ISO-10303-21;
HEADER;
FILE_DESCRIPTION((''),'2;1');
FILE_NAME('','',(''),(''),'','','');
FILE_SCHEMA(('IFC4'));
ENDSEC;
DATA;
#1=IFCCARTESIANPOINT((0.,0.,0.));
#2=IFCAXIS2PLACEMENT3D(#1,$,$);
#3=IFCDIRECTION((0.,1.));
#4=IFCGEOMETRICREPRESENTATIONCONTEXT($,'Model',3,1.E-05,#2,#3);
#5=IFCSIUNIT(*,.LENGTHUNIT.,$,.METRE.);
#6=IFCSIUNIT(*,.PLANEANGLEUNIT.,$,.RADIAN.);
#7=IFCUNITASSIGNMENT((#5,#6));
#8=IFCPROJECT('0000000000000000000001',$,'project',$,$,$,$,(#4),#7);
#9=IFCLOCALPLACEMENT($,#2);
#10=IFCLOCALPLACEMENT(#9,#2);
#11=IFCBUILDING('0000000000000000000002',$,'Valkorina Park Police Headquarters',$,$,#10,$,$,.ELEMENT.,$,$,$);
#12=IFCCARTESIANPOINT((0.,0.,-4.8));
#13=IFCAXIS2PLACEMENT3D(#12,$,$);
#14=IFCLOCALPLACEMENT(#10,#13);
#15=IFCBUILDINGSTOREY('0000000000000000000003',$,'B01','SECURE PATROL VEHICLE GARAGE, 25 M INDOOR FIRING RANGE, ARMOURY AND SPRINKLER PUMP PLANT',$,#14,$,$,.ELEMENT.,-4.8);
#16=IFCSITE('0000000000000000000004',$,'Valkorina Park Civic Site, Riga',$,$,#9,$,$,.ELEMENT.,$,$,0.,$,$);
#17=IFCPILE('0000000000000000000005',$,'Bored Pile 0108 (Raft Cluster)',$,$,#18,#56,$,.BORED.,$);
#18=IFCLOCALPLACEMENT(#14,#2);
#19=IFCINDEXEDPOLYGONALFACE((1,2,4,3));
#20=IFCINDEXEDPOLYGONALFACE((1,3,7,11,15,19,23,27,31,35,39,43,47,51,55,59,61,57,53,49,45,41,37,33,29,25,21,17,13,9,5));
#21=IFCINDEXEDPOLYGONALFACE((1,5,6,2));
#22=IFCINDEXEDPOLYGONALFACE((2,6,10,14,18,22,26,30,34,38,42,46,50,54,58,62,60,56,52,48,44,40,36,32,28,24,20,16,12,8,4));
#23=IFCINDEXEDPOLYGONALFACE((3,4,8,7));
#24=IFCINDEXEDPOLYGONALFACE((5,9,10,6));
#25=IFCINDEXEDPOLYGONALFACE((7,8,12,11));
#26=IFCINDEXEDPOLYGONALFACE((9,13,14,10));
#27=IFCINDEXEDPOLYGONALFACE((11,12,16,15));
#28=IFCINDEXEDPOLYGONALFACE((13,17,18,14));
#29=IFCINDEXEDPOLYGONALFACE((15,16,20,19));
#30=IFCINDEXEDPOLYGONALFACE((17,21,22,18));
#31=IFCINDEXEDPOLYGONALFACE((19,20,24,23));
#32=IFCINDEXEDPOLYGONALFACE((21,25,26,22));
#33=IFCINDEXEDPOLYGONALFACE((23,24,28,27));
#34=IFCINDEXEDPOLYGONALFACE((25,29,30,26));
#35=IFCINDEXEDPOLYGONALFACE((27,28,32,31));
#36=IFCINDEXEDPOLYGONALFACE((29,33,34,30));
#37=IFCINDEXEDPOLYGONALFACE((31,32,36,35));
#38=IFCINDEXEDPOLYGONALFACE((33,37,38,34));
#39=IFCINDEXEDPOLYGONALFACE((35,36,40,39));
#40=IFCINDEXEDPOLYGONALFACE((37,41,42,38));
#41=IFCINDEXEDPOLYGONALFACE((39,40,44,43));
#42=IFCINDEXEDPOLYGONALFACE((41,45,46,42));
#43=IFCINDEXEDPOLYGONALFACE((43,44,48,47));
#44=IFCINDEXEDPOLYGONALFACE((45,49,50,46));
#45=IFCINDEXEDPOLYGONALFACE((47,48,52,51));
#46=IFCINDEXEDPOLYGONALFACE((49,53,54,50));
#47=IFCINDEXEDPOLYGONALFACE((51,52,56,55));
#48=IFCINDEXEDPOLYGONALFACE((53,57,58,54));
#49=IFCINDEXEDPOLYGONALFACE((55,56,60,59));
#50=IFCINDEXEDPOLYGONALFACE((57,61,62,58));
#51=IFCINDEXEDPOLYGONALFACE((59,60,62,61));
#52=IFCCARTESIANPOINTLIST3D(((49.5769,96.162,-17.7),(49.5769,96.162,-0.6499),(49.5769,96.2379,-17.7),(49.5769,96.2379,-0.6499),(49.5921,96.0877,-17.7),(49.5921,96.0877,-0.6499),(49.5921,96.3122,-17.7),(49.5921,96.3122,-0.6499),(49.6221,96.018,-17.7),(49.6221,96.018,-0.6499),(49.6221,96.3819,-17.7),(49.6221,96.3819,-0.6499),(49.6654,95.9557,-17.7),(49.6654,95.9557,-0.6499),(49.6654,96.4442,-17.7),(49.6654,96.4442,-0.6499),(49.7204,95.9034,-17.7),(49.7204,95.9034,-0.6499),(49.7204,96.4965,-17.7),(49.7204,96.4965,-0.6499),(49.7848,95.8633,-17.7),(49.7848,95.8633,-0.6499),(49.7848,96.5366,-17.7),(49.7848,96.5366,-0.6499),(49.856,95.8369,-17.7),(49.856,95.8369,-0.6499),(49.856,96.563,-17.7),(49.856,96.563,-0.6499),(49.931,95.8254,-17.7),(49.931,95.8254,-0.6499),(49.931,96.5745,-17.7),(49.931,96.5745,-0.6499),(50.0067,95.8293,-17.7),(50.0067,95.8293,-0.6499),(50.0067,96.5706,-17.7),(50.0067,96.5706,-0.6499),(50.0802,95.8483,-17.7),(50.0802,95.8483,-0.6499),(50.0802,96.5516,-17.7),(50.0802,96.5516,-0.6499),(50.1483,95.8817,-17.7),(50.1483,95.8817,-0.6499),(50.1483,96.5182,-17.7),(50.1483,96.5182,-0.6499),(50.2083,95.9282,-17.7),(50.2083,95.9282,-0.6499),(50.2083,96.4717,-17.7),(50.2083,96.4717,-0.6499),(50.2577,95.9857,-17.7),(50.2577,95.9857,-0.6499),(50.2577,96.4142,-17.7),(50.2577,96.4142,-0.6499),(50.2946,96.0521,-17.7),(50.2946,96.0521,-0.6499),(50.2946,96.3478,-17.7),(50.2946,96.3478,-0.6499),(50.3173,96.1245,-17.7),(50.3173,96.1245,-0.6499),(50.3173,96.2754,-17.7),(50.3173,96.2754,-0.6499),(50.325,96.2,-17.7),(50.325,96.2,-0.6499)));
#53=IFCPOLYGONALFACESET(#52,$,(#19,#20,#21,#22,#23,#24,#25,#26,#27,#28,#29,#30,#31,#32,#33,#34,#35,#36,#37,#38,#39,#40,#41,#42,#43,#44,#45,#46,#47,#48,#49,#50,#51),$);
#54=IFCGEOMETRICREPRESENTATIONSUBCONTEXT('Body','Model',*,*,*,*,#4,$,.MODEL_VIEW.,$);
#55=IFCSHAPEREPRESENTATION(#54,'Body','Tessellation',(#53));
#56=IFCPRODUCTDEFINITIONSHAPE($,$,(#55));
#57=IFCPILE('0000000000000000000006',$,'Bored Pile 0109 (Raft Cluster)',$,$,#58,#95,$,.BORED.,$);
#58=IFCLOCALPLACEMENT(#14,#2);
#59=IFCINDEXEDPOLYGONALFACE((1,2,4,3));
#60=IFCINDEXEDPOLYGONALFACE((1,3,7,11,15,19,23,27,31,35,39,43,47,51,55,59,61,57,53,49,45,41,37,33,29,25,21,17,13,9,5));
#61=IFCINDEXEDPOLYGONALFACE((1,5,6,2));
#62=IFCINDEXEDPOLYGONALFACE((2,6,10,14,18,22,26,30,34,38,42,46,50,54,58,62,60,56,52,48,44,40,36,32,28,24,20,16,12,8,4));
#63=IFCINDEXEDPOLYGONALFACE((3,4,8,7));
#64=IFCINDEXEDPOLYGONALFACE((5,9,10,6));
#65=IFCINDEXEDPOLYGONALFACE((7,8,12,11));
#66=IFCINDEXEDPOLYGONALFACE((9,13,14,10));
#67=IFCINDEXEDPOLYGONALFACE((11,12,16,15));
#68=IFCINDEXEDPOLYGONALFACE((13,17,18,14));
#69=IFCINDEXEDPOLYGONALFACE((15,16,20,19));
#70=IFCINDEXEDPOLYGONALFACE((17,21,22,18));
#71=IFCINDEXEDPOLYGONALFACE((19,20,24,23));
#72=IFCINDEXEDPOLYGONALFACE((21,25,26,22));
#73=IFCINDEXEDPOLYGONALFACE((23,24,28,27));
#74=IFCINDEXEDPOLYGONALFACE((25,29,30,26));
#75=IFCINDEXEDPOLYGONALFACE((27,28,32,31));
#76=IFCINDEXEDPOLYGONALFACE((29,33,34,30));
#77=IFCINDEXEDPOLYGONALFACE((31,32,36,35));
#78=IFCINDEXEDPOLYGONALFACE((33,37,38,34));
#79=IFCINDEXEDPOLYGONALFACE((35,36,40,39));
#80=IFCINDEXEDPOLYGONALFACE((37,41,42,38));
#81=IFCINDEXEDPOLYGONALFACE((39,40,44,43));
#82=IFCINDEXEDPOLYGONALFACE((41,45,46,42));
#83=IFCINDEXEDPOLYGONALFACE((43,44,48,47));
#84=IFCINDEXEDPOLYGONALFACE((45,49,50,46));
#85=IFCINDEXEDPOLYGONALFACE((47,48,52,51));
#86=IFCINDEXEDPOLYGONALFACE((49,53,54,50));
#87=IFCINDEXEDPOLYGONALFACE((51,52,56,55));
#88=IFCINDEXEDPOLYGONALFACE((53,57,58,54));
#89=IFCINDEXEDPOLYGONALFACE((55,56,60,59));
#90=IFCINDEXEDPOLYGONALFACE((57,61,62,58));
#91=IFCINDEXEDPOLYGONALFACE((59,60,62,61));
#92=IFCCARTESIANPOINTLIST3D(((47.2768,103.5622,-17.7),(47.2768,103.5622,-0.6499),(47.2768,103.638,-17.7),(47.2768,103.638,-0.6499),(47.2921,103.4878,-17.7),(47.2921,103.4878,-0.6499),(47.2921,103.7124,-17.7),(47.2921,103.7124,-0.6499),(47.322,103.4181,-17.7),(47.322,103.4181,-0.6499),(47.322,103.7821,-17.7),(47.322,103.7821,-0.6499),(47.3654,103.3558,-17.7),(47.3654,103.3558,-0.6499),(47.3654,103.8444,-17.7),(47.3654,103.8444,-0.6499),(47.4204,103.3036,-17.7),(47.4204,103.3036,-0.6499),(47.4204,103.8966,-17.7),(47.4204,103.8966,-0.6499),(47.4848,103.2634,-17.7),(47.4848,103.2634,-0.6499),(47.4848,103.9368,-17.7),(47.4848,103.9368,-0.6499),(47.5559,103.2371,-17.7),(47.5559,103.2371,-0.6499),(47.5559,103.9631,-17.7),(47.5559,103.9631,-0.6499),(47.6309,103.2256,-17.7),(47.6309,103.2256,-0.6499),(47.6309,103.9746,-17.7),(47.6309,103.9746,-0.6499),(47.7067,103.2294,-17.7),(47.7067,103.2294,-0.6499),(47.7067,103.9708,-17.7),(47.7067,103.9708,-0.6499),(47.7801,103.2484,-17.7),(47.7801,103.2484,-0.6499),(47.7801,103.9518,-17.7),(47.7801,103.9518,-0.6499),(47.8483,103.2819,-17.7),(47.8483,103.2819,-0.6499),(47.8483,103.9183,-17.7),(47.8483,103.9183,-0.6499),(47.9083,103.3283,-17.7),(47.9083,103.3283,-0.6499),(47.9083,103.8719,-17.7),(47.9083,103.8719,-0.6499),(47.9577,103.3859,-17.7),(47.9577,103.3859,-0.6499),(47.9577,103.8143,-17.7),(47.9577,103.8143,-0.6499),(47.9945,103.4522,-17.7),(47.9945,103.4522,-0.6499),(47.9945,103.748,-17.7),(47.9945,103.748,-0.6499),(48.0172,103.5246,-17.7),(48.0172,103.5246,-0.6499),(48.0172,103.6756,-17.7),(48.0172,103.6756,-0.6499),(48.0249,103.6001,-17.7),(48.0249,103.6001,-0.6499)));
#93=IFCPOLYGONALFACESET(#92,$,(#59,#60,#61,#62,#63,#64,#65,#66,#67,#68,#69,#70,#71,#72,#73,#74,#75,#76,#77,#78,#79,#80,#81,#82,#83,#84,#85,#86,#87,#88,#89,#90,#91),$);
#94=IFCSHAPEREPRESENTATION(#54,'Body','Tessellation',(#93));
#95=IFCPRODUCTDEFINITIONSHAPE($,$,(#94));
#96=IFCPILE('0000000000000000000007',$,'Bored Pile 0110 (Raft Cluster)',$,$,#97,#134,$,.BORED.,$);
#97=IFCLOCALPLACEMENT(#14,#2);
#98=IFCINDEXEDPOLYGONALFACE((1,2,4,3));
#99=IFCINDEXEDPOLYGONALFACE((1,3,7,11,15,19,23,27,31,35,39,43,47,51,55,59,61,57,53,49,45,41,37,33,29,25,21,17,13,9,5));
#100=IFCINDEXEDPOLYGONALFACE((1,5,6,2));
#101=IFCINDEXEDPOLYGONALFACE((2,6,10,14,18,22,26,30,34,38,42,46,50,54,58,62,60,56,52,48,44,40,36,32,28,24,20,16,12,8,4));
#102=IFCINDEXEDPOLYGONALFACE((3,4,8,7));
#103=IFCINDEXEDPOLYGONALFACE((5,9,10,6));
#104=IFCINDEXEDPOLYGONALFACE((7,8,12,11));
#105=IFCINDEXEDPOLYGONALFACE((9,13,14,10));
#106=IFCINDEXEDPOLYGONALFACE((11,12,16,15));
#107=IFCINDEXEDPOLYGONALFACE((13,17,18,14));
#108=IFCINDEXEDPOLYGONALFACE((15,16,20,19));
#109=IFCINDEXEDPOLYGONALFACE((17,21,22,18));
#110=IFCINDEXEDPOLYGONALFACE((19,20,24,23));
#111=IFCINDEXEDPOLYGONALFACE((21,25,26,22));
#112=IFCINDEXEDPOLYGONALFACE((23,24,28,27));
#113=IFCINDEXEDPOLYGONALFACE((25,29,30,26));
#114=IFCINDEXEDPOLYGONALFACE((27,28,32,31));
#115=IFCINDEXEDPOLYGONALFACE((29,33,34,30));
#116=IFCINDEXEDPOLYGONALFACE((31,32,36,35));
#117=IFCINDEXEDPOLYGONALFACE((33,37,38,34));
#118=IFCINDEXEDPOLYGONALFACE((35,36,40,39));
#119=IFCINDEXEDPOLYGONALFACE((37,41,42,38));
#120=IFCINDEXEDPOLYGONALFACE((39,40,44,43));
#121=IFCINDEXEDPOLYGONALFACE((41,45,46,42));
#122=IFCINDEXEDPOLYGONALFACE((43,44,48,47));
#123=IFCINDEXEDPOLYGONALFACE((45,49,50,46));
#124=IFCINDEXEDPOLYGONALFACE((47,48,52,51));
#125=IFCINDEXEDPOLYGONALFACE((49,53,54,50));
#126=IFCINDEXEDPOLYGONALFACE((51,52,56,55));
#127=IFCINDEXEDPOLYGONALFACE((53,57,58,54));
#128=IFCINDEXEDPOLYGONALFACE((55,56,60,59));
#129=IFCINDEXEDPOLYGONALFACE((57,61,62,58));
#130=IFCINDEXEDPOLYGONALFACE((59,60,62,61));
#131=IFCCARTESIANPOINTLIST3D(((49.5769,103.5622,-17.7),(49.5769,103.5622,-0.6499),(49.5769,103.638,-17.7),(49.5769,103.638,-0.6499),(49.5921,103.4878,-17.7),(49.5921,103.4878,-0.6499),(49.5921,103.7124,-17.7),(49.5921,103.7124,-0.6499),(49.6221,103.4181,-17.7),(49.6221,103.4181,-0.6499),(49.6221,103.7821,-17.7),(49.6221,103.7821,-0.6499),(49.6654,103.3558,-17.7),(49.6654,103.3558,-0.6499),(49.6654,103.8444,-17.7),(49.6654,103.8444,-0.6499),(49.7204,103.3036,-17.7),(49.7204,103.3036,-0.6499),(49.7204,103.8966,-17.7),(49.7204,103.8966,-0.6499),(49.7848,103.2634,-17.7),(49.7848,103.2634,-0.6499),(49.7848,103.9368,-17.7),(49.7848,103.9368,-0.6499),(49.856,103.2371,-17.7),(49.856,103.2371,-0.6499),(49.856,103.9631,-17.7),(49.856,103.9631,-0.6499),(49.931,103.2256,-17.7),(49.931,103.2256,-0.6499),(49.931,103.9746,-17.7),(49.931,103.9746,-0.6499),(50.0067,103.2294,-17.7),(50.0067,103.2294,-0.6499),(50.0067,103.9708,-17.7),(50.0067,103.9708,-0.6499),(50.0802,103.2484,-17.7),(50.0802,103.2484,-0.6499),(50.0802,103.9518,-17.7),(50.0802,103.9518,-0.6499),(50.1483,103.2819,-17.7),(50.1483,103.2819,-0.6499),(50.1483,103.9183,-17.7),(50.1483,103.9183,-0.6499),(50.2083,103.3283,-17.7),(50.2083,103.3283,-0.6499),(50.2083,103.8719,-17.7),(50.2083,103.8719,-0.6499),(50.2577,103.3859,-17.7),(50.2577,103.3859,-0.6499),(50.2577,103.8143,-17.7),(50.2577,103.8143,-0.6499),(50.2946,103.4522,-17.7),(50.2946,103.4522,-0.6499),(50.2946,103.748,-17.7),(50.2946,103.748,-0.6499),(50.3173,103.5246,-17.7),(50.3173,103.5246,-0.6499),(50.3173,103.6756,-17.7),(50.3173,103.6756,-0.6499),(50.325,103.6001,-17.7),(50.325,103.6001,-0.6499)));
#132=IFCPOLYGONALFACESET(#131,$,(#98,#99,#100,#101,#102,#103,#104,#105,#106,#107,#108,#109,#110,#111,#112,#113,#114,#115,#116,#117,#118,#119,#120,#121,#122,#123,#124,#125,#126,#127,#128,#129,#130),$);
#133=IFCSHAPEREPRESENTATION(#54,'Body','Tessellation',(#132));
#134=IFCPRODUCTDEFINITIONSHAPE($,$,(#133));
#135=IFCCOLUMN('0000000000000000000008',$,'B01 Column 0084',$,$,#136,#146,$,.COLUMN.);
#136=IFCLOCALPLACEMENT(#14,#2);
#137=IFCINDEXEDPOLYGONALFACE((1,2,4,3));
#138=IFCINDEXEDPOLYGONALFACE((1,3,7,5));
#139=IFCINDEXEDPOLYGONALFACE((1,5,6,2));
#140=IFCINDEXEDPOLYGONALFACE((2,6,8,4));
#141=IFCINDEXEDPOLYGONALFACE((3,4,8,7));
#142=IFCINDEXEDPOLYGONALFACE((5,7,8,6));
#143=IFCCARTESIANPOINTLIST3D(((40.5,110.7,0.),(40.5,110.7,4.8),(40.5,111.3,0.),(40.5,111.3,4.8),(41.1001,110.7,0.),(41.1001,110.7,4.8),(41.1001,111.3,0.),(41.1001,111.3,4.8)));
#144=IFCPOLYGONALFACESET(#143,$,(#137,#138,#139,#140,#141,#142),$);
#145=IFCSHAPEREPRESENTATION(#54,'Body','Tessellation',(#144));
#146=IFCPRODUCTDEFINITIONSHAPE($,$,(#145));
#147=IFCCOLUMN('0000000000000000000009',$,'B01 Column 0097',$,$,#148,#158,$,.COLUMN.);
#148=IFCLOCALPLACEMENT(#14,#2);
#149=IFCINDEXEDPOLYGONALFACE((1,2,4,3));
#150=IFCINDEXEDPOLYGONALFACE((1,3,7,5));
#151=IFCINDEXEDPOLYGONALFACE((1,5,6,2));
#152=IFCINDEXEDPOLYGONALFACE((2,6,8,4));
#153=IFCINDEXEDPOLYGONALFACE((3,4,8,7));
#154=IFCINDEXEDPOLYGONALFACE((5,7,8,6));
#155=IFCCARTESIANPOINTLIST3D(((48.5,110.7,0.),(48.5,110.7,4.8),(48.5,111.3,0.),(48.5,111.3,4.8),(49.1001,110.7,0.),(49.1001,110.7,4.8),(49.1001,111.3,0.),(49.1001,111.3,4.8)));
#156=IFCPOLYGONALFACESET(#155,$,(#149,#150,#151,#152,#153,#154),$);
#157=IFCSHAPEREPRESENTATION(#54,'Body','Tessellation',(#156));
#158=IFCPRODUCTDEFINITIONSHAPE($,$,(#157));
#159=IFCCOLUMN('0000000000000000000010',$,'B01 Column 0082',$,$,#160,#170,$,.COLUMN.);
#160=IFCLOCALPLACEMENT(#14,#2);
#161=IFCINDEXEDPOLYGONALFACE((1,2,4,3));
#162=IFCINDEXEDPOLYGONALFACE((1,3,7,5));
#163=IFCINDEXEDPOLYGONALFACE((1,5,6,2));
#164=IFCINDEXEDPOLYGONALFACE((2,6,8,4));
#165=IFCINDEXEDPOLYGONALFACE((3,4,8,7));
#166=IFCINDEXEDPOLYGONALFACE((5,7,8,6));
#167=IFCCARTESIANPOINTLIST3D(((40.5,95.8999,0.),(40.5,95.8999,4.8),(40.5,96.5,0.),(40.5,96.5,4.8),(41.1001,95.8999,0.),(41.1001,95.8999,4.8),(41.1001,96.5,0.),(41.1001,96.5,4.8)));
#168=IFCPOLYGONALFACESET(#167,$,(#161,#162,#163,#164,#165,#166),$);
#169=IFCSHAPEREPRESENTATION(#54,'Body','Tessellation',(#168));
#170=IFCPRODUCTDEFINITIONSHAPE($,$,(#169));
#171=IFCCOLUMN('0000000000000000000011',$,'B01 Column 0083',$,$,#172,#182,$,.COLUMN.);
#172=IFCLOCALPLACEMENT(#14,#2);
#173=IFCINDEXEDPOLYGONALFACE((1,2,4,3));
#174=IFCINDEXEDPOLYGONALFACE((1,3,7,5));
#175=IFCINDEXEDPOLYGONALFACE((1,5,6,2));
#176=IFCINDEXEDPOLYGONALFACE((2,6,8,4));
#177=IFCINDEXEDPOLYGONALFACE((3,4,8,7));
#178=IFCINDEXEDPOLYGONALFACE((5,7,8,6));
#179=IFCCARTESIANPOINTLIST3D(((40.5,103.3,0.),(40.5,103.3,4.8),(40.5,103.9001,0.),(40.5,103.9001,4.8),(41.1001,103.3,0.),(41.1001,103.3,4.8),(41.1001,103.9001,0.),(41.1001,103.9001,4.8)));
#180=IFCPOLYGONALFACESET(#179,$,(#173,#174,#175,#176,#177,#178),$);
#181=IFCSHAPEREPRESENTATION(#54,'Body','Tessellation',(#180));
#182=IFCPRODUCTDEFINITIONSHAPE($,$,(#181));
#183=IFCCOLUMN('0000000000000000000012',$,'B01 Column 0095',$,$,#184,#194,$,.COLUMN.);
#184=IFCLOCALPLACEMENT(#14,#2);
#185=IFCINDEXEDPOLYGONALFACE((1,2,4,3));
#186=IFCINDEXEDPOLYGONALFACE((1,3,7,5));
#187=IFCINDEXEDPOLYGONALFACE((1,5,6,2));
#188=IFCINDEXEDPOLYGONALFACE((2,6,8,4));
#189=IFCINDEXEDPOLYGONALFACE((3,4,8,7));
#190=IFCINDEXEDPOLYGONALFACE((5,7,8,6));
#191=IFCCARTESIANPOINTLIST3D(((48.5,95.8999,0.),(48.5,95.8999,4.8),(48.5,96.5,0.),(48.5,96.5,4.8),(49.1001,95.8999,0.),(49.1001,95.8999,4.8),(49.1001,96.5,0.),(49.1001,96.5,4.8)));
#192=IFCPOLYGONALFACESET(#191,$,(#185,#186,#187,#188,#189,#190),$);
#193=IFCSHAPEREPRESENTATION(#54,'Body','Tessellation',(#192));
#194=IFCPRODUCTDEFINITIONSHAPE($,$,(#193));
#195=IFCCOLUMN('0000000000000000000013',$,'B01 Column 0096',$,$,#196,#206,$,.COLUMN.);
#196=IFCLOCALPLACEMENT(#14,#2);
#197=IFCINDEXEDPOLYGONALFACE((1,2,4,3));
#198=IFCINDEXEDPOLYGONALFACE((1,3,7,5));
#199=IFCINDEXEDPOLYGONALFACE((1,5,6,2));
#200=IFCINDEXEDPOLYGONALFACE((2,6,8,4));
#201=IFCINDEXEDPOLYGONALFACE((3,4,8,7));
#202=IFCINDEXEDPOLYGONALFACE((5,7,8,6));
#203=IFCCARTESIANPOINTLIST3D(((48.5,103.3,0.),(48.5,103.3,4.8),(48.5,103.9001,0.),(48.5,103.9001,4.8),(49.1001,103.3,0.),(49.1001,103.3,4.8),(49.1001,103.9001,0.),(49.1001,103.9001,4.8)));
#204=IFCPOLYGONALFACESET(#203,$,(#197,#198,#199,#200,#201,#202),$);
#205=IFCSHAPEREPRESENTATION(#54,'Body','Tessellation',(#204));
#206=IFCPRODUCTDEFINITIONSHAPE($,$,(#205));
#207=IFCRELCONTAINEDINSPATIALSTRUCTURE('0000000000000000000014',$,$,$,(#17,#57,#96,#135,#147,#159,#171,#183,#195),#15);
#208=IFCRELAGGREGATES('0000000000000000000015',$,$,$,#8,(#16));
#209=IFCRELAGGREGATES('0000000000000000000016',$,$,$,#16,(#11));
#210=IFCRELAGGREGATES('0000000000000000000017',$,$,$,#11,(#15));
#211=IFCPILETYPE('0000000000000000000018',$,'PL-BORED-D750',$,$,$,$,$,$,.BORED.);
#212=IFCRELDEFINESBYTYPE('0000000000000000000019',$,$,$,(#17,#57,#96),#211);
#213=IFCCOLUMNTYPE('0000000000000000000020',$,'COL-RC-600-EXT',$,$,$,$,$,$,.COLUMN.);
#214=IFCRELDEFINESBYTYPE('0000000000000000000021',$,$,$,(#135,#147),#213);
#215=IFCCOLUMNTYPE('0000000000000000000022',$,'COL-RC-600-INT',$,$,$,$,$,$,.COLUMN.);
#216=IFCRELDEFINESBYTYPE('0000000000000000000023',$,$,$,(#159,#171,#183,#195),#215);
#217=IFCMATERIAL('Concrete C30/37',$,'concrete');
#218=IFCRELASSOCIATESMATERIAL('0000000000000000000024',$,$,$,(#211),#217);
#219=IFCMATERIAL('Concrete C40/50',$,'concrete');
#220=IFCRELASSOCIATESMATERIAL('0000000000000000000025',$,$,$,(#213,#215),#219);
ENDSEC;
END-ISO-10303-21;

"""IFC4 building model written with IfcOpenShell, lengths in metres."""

from ifc_helpers import new_model, si_unit, direction, frame, origin, origin_2d, place, context, subcontext, project, spatial, rectangle, circle, extrude, material, material_profile, profile_set, type_object, element, save


model = new_model("IFC4")

# Units and contexts
model_context = context("Model", 3, precision=1e-05, world=origin(), true_north=direction((0.0, 1.0)))
body_context = subcontext(model_context, "Body", "Model", "MODEL_VIEW")
ifc_project = project(units=[si_unit("LENGTHUNIT", "METRE"), si_unit("PLANEANGLEUNIT", "RADIAN")], contexts=[model_context])

# Site, building, storey
site_placement = place(None, origin())
site = spatial("IfcSite", under=ifc_project, at=site_placement, Name="Valkorina Park Civic Site, Riga", CompositionType="ELEMENT", RefElevation=0.0)
building_placement = place(site_placement, origin())
building = spatial("IfcBuilding", under=site, at=building_placement, Name="Valkorina Park Police Headquarters", CompositionType="ELEMENT")
storey_placement = place(building_placement, frame((0.0, 0.0, -4.8)))
storey = spatial("IfcBuildingStorey", under=building, at=storey_placement, Name="B01", Description="SECURE PATROL VEHICLE GARAGE, 25 M INDOOR FIRING RANGE, ARMOURY AND SPRINKLER PUMP PLANT", CompositionType="ELEMENT", Elevation=-4.8)

# Piles
ifc_material_1 = material(Name="Concrete C30/37", Category="concrete")
ifc_material_profile_1 = material_profile(ifc_material_1, circle(Radius=0.375, at=origin_2d()), Name="BORED PILE D750")
ifc_profile_set_1 = profile_set([ifc_material_profile_1], Name="Concrete C30/37")
pile_type = type_object("IfcPileType", Name="PL-BORED-D750", PredefinedType="BORED", material=ifc_profile_set_1)
for number, where, z_axis, x_axis, name in (
    (1, (49.95, 96.2, -0.6499), (0.0, 0.0, -1.0), (1.0, 0.0, 0.0), "Bored Pile 0108 (Raft Cluster)"),
    (2, (47.6499, 103.6001, -0.6499), (0.0, 0.0, -1.0), (1.0, 0.0, 0.0), "Bored Pile 0109 (Raft Cluster)"),
    (3, (49.95, 103.6001, -0.6499), (0.0, 0.0, -1.0), (1.0, 0.0, 0.0), "Bored Pile 0110 (Raft Cluster)"),
):
    element("IfcPile", number, at=place(storey_placement, frame(where, z_axis=z_axis, x_axis=x_axis)), inside=storey, type_object=pile_type, Name=name, PredefinedType="BORED", context=body_context, shape_type="SweptSolid", body=[
        extrude(circle(Radius=0.375, at=origin_2d()), origin(), (0.0, 0.0, 1.0), 17.05),
    ])

# Columns
ifc_material_2 = material(Name="Concrete C40/50", Category="concrete")
ifc_material_profile_2 = material_profile(ifc_material_2, rectangle(XDim=0.6001, YDim=0.6001, at=origin_2d()), Name="RC COL 600x600")
ifc_profile_set_2 = profile_set([ifc_material_profile_2], Name="Concrete C40/50")
column_type_1 = type_object("IfcColumnType", Name="COL-RC-600-EXT", PredefinedType="COLUMN", material=ifc_profile_set_2)
for number, where, z_axis, x_axis, name in (
    (4, (40.8, 111.0, 0.0), (0.0, 0.0, 1.0), (1.0, 0.0, 0.0), "B01 Column 0084"),
    (5, (48.8, 111.0, 0.0), (0.0, 0.0, 1.0), (1.0, 0.0, 0.0), "B01 Column 0097"),
):
    element("IfcColumn", number, at=place(storey_placement, frame(where, z_axis=z_axis, x_axis=x_axis)), inside=storey, type_object=column_type_1, Name=name, PredefinedType="COLUMN", context=body_context, shape_type="SweptSolid", body=[
        extrude(rectangle(XDim=0.6001, YDim=0.6001, at=origin_2d()), origin(), (0.0, 0.0, 1.0), 4.8),
    ])
ifc_material_profile_3 = material_profile(ifc_material_2, rectangle(XDim=0.6001, YDim=0.6001, at=origin_2d()), Name="RC COL 600x600")
ifc_profile_set_3 = profile_set([ifc_material_profile_3], Name="Concrete C40/50")
column_type_2 = type_object("IfcColumnType", Name="COL-RC-600-INT", PredefinedType="COLUMN", material=ifc_profile_set_3)
for number, where, z_axis, x_axis, name in (
    (6, (40.8, 96.2, 0.0), (0.0, 0.0, 1.0), (1.0, 0.0, 0.0), "B01 Column 0082"),
    (7, (40.8, 103.6001, 0.0), (0.0, 0.0, 1.0), (1.0, 0.0, 0.0), "B01 Column 0083"),
    (8, (48.8, 96.2, 0.0), (0.0, 0.0, 1.0), (1.0, 0.0, 0.0), "B01 Column 0095"),
    (9, (48.8, 103.6001, 0.0), (0.0, 0.0, 1.0), (1.0, 0.0, 0.0), "B01 Column 0096"),
):
    element("IfcColumn", number, at=place(storey_placement, frame(where, z_axis=z_axis, x_axis=x_axis)), inside=storey, type_object=column_type_2, Name=name, PredefinedType="COLUMN", context=body_context, shape_type="SweptSolid", body=[
        extrude(rectangle(XDim=0.6001, YDim=0.6001, at=origin_2d()), origin(), (0.0, 0.0, 1.0), 4.8),
    ])

save(model, "model.ifc")
